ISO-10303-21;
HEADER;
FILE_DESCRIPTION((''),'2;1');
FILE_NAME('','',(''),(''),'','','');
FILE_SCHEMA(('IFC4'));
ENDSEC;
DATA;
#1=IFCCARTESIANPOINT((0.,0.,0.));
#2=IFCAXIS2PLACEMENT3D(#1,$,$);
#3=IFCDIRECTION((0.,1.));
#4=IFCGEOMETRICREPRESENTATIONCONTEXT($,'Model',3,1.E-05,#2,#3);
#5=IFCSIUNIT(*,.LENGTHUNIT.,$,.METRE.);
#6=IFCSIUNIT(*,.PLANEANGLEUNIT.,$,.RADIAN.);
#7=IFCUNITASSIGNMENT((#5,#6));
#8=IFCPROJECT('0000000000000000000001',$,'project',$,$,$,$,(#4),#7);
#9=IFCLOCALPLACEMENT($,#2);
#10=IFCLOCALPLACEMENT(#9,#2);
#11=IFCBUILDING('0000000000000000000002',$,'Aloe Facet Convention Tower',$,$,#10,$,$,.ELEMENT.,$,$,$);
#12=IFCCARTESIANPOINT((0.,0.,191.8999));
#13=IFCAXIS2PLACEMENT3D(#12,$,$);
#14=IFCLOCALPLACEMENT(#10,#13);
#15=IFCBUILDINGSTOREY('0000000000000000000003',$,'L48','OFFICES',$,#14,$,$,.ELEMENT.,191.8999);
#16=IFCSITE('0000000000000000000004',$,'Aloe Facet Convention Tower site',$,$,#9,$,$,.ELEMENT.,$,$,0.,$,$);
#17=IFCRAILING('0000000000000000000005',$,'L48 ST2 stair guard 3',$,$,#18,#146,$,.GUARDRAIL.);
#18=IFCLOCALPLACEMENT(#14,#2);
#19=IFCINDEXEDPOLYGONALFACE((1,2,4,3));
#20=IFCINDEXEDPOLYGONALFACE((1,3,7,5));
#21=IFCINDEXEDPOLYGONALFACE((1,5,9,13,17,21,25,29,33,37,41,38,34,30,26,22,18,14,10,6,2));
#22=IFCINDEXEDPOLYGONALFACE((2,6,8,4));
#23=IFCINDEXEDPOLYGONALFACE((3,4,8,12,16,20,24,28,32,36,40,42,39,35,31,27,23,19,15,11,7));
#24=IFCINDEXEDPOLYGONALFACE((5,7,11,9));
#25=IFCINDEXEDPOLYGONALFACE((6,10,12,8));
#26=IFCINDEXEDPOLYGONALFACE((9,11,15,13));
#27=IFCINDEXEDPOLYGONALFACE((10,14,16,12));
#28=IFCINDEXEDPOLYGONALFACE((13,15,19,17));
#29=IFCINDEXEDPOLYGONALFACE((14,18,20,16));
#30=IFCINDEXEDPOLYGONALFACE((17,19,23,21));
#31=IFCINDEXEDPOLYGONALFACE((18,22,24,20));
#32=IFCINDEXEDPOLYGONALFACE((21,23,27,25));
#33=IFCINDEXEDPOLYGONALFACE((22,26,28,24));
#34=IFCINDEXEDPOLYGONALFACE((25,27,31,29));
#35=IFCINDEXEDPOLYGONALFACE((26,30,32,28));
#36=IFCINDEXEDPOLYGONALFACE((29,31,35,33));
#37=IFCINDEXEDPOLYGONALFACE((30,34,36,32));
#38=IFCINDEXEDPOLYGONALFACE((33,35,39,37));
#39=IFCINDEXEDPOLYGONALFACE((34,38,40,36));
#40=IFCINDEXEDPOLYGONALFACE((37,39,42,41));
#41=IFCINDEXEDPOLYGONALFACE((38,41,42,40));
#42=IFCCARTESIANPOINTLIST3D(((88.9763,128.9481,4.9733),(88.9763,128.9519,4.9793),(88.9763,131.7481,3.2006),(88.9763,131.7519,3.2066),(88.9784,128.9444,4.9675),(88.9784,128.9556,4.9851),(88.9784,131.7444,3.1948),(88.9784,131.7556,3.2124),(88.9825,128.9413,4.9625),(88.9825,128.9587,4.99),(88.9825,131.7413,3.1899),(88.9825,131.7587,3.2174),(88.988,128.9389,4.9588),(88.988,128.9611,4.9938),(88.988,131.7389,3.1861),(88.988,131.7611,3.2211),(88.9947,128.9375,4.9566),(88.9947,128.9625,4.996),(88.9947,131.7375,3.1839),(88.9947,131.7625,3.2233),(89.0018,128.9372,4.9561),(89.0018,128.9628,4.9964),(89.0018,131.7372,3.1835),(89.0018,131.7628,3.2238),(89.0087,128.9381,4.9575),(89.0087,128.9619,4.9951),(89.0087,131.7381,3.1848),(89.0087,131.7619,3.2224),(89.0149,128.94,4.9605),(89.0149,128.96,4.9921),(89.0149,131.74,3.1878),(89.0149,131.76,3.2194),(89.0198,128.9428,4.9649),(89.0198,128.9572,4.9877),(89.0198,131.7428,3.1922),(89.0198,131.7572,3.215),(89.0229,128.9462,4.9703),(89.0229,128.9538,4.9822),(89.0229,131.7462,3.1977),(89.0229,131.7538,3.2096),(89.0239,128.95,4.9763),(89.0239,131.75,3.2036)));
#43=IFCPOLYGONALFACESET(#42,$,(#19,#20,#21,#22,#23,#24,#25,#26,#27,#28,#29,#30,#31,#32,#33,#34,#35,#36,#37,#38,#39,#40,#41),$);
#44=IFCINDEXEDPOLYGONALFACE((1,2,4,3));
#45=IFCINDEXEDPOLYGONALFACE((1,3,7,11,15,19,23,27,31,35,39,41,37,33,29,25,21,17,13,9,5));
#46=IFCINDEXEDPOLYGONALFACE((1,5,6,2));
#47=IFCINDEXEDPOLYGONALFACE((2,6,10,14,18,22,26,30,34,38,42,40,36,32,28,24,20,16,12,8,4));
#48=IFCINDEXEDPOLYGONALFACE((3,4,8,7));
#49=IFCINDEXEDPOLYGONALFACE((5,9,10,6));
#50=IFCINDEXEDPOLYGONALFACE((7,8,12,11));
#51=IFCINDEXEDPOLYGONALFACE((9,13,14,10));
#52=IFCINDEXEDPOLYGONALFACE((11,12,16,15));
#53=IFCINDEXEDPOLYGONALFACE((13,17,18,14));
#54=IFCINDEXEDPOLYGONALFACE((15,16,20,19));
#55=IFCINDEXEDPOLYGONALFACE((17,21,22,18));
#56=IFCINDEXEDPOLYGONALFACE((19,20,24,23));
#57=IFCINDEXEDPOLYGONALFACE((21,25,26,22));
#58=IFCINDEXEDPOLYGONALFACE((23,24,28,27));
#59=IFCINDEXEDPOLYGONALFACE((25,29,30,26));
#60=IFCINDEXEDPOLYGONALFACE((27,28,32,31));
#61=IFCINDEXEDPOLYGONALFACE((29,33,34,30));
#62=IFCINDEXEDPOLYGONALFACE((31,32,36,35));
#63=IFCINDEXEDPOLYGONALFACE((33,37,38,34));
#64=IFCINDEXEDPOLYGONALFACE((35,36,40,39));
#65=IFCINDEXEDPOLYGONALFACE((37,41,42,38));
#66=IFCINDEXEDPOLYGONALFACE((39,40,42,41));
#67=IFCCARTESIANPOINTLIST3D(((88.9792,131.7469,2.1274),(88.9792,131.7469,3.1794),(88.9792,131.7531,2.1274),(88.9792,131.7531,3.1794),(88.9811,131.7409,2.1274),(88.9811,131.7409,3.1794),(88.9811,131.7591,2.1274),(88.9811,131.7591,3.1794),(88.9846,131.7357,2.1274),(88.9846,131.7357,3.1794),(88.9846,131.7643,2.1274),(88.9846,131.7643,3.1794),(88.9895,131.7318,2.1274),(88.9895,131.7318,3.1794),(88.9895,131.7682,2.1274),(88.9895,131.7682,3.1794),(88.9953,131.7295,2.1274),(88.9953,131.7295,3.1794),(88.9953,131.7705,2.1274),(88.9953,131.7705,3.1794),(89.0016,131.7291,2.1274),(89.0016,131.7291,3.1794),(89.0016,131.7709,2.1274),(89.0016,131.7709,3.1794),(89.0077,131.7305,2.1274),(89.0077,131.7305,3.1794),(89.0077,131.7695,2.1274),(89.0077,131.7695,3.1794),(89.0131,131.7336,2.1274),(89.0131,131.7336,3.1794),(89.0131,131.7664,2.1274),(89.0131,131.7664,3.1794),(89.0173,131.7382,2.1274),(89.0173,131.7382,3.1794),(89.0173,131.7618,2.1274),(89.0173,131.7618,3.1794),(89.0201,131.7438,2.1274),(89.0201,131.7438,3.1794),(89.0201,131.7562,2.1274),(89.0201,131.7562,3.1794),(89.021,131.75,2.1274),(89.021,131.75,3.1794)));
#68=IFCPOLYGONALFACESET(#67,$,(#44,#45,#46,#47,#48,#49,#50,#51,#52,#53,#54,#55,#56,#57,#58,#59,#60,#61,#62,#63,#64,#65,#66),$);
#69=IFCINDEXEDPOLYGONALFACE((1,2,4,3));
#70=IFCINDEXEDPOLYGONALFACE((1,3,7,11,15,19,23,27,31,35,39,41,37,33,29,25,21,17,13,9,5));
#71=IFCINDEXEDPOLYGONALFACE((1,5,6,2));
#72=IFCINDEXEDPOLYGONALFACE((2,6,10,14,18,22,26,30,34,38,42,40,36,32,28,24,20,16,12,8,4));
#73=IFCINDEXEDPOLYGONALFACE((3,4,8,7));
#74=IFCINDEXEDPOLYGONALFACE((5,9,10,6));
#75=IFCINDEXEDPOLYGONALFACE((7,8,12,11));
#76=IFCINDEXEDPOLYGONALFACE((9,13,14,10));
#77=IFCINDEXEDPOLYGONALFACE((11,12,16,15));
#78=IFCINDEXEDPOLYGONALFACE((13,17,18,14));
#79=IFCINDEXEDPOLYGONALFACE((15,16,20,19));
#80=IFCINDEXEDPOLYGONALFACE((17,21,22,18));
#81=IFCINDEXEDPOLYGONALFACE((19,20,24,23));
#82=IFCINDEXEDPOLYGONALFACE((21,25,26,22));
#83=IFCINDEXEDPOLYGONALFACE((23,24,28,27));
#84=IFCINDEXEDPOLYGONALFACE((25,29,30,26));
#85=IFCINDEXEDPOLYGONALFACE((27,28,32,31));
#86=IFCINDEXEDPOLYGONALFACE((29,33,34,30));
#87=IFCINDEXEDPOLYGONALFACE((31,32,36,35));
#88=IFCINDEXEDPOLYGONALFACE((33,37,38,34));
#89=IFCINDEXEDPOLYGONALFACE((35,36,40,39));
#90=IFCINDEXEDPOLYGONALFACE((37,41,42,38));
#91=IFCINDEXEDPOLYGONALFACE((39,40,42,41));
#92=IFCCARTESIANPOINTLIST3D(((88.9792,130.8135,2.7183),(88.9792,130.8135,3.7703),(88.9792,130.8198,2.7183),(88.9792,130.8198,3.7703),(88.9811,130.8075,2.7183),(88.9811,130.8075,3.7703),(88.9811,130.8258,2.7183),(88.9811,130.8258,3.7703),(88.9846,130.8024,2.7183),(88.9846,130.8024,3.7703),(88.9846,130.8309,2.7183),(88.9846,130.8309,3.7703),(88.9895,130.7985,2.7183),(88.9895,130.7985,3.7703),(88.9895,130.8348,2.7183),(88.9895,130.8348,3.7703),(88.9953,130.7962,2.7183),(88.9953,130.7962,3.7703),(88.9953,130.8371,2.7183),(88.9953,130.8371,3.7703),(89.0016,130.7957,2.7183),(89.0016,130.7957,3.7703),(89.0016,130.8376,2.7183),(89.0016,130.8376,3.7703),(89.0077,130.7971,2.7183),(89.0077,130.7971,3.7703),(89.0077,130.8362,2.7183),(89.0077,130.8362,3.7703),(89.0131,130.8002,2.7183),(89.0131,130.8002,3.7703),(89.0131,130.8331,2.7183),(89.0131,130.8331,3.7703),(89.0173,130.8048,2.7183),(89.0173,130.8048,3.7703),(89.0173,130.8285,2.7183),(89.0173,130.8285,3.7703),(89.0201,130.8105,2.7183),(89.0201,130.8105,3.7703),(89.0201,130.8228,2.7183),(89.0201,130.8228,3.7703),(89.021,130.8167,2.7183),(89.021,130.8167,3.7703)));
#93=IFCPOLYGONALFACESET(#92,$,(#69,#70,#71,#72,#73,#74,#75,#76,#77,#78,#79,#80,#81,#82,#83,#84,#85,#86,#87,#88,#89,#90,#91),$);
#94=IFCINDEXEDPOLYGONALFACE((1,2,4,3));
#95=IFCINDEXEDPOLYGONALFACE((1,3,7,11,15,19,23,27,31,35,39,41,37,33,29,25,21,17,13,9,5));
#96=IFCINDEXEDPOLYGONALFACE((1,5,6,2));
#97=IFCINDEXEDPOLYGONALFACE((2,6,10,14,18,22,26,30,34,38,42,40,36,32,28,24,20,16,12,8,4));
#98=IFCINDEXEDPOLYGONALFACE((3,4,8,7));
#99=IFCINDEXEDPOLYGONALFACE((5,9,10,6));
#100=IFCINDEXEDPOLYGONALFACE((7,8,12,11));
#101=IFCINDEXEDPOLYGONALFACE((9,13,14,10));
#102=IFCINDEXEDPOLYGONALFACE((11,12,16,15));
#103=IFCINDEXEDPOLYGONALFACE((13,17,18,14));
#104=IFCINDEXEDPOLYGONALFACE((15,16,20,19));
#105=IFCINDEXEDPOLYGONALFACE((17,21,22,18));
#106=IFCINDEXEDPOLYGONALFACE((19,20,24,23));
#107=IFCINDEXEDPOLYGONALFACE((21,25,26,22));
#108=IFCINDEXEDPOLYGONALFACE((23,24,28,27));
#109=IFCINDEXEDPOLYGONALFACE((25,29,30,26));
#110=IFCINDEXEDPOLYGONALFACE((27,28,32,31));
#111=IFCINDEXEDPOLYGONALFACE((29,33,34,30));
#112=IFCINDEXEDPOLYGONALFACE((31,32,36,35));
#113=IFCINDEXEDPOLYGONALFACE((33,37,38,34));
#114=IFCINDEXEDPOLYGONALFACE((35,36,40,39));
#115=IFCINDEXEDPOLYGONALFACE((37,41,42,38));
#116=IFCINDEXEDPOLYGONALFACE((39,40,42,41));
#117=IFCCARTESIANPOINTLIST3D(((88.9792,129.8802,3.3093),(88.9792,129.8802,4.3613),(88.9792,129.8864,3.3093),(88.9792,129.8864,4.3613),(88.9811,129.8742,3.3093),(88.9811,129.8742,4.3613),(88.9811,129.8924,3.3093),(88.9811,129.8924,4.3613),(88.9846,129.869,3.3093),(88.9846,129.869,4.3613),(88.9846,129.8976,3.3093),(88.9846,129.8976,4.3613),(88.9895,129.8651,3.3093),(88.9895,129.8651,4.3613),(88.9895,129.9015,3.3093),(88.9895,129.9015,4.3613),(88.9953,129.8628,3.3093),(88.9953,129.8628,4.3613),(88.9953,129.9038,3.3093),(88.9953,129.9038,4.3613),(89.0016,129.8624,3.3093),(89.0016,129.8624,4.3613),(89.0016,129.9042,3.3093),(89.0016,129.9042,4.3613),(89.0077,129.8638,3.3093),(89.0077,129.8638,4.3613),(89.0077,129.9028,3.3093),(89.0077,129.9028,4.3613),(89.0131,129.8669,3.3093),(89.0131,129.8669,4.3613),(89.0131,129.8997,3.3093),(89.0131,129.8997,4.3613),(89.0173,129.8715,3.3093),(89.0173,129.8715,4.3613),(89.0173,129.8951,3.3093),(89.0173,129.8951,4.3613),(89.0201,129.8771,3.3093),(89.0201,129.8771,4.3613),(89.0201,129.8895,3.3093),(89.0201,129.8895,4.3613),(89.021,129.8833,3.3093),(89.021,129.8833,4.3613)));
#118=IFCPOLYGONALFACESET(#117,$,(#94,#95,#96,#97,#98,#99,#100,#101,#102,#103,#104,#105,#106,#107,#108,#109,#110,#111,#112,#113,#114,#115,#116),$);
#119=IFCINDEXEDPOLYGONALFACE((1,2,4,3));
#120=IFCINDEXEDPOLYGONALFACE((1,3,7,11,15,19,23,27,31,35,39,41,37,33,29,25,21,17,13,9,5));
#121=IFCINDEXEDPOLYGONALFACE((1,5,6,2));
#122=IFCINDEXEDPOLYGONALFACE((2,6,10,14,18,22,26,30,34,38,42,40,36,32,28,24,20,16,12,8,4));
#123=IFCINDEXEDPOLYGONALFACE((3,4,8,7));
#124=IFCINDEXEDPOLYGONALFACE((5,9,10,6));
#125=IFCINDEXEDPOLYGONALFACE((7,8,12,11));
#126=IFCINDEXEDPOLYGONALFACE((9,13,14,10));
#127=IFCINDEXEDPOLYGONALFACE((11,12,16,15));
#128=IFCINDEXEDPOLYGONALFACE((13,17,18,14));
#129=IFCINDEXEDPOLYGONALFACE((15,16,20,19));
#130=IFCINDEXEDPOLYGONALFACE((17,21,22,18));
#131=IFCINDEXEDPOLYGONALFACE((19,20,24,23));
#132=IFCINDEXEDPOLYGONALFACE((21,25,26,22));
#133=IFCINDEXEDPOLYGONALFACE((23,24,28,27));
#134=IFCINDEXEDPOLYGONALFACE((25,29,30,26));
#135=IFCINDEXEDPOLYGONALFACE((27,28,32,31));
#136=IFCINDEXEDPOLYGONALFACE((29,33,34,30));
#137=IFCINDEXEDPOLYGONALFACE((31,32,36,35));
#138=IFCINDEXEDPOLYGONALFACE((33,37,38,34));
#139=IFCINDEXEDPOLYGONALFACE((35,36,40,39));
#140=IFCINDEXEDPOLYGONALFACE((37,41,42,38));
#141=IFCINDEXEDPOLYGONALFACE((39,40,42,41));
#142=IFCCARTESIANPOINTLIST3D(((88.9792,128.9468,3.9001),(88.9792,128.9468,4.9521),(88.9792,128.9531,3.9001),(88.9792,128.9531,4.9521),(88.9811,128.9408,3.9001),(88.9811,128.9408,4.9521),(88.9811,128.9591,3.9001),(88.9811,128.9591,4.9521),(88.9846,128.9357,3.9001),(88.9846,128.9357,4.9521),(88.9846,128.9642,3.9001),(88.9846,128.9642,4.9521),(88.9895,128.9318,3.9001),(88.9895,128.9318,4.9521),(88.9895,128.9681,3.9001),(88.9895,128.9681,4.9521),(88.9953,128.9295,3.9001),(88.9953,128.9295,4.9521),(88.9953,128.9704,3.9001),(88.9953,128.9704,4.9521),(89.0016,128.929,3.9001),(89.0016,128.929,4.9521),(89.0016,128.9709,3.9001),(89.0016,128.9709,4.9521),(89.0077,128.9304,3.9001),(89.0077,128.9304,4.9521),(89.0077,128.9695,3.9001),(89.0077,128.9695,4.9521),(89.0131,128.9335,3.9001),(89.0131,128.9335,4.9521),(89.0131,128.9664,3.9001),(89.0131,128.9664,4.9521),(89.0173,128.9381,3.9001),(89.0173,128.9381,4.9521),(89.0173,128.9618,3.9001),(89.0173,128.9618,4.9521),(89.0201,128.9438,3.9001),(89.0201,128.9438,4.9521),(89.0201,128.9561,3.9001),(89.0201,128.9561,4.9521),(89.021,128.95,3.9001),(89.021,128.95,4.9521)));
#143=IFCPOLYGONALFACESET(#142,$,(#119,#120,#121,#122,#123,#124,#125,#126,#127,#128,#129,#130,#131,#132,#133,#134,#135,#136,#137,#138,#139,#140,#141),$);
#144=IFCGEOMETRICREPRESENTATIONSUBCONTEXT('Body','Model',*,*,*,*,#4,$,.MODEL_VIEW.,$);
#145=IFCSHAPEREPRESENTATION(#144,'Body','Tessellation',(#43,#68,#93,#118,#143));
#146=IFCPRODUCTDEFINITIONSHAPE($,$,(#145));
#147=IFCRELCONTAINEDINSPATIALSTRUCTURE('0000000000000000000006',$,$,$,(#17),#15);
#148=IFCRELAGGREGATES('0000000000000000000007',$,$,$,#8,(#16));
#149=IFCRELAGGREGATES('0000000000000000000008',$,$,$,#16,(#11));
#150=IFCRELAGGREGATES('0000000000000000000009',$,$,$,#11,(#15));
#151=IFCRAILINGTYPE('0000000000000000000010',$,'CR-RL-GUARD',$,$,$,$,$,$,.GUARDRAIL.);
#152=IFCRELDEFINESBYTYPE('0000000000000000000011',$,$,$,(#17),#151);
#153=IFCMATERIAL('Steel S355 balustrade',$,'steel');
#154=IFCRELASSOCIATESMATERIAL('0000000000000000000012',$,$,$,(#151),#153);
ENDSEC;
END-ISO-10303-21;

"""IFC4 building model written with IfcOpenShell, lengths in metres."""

from ifc_helpers import new_model, si_unit, direction, frame, origin, origin_2d, place, context, subcontext, project, spatial, circle, extrude, material, type_object, element, save


model = new_model("IFC4")

# Units and contexts
model_context = context("Model", 3, precision=1e-05, world=origin(), true_north=direction((0.0, 1.0)))
body_context = subcontext(model_context, "Body", "Model", "MODEL_VIEW")
ifc_project = project(units=[si_unit("LENGTHUNIT", "METRE"), si_unit("PLANEANGLEUNIT", "RADIAN")], contexts=[model_context])

# Site, building, storey
site_placement = place(None, origin())
site = spatial("IfcSite", under=ifc_project, at=site_placement, Name="Aloe Facet Convention Tower site", CompositionType="ELEMENT", RefElevation=0.0)
building_placement = place(site_placement, origin())
building = spatial("IfcBuilding", under=site, at=building_placement, Name="Aloe Facet Convention Tower", CompositionType="ELEMENT")
storey_placement = place(building_placement, frame((0.0, 0.0, 191.8999)))
storey = spatial("IfcBuildingStorey", under=building, at=storey_placement, Name="L48", Description="OFFICES", CompositionType="ELEMENT", Elevation=191.8999)

# Railing
ifc_material_1 = material(Name="Steel S355 balustrade", Category="steel")
railing_type_1 = type_object("IfcRailingType", Name="CR-RL-GUARD", PredefinedType="GUARDRAIL", material=ifc_material_1)
railing_1_placement = place(storey_placement, frame((89.0, 131.75, 2.1274)))
element("IfcRailing", 1, at=railing_1_placement, inside=storey, type_object=railing_type_1, Name="L48 ST2 stair guard 3", PredefinedType="GUARDRAIL", context=body_context, shape_type="SweptSolid", body=[
    extrude(circle(Radius=0.0239, at=origin_2d()), frame((0.0, 0.0, 1.0762), z_axis=(0.0, -0.844909, 0.53491), x_axis=(1.0, 0.0, 0.0)), (0.0, 0.0, 1.0), 3.314),
    extrude(circle(Radius=0.021, at=origin_2d()), origin(), (0.0, 0.0, 1.0), 1.052),
    extrude(circle(Radius=0.021, at=origin_2d()), frame((0.0, -0.9333, 0.5908)), (0.0, 0.0, 1.0), 1.052),
    extrude(circle(Radius=0.021, at=origin_2d()), frame((0.0, -1.8667, 1.1819)), (0.0, 0.0, 1.0), 1.052),
    extrude(circle(Radius=0.021, at=origin_2d()), frame((0.0, -2.8, 1.7727)), (0.0, 0.0, 1.0), 1.052),
])

save(model, "model.ifc")
